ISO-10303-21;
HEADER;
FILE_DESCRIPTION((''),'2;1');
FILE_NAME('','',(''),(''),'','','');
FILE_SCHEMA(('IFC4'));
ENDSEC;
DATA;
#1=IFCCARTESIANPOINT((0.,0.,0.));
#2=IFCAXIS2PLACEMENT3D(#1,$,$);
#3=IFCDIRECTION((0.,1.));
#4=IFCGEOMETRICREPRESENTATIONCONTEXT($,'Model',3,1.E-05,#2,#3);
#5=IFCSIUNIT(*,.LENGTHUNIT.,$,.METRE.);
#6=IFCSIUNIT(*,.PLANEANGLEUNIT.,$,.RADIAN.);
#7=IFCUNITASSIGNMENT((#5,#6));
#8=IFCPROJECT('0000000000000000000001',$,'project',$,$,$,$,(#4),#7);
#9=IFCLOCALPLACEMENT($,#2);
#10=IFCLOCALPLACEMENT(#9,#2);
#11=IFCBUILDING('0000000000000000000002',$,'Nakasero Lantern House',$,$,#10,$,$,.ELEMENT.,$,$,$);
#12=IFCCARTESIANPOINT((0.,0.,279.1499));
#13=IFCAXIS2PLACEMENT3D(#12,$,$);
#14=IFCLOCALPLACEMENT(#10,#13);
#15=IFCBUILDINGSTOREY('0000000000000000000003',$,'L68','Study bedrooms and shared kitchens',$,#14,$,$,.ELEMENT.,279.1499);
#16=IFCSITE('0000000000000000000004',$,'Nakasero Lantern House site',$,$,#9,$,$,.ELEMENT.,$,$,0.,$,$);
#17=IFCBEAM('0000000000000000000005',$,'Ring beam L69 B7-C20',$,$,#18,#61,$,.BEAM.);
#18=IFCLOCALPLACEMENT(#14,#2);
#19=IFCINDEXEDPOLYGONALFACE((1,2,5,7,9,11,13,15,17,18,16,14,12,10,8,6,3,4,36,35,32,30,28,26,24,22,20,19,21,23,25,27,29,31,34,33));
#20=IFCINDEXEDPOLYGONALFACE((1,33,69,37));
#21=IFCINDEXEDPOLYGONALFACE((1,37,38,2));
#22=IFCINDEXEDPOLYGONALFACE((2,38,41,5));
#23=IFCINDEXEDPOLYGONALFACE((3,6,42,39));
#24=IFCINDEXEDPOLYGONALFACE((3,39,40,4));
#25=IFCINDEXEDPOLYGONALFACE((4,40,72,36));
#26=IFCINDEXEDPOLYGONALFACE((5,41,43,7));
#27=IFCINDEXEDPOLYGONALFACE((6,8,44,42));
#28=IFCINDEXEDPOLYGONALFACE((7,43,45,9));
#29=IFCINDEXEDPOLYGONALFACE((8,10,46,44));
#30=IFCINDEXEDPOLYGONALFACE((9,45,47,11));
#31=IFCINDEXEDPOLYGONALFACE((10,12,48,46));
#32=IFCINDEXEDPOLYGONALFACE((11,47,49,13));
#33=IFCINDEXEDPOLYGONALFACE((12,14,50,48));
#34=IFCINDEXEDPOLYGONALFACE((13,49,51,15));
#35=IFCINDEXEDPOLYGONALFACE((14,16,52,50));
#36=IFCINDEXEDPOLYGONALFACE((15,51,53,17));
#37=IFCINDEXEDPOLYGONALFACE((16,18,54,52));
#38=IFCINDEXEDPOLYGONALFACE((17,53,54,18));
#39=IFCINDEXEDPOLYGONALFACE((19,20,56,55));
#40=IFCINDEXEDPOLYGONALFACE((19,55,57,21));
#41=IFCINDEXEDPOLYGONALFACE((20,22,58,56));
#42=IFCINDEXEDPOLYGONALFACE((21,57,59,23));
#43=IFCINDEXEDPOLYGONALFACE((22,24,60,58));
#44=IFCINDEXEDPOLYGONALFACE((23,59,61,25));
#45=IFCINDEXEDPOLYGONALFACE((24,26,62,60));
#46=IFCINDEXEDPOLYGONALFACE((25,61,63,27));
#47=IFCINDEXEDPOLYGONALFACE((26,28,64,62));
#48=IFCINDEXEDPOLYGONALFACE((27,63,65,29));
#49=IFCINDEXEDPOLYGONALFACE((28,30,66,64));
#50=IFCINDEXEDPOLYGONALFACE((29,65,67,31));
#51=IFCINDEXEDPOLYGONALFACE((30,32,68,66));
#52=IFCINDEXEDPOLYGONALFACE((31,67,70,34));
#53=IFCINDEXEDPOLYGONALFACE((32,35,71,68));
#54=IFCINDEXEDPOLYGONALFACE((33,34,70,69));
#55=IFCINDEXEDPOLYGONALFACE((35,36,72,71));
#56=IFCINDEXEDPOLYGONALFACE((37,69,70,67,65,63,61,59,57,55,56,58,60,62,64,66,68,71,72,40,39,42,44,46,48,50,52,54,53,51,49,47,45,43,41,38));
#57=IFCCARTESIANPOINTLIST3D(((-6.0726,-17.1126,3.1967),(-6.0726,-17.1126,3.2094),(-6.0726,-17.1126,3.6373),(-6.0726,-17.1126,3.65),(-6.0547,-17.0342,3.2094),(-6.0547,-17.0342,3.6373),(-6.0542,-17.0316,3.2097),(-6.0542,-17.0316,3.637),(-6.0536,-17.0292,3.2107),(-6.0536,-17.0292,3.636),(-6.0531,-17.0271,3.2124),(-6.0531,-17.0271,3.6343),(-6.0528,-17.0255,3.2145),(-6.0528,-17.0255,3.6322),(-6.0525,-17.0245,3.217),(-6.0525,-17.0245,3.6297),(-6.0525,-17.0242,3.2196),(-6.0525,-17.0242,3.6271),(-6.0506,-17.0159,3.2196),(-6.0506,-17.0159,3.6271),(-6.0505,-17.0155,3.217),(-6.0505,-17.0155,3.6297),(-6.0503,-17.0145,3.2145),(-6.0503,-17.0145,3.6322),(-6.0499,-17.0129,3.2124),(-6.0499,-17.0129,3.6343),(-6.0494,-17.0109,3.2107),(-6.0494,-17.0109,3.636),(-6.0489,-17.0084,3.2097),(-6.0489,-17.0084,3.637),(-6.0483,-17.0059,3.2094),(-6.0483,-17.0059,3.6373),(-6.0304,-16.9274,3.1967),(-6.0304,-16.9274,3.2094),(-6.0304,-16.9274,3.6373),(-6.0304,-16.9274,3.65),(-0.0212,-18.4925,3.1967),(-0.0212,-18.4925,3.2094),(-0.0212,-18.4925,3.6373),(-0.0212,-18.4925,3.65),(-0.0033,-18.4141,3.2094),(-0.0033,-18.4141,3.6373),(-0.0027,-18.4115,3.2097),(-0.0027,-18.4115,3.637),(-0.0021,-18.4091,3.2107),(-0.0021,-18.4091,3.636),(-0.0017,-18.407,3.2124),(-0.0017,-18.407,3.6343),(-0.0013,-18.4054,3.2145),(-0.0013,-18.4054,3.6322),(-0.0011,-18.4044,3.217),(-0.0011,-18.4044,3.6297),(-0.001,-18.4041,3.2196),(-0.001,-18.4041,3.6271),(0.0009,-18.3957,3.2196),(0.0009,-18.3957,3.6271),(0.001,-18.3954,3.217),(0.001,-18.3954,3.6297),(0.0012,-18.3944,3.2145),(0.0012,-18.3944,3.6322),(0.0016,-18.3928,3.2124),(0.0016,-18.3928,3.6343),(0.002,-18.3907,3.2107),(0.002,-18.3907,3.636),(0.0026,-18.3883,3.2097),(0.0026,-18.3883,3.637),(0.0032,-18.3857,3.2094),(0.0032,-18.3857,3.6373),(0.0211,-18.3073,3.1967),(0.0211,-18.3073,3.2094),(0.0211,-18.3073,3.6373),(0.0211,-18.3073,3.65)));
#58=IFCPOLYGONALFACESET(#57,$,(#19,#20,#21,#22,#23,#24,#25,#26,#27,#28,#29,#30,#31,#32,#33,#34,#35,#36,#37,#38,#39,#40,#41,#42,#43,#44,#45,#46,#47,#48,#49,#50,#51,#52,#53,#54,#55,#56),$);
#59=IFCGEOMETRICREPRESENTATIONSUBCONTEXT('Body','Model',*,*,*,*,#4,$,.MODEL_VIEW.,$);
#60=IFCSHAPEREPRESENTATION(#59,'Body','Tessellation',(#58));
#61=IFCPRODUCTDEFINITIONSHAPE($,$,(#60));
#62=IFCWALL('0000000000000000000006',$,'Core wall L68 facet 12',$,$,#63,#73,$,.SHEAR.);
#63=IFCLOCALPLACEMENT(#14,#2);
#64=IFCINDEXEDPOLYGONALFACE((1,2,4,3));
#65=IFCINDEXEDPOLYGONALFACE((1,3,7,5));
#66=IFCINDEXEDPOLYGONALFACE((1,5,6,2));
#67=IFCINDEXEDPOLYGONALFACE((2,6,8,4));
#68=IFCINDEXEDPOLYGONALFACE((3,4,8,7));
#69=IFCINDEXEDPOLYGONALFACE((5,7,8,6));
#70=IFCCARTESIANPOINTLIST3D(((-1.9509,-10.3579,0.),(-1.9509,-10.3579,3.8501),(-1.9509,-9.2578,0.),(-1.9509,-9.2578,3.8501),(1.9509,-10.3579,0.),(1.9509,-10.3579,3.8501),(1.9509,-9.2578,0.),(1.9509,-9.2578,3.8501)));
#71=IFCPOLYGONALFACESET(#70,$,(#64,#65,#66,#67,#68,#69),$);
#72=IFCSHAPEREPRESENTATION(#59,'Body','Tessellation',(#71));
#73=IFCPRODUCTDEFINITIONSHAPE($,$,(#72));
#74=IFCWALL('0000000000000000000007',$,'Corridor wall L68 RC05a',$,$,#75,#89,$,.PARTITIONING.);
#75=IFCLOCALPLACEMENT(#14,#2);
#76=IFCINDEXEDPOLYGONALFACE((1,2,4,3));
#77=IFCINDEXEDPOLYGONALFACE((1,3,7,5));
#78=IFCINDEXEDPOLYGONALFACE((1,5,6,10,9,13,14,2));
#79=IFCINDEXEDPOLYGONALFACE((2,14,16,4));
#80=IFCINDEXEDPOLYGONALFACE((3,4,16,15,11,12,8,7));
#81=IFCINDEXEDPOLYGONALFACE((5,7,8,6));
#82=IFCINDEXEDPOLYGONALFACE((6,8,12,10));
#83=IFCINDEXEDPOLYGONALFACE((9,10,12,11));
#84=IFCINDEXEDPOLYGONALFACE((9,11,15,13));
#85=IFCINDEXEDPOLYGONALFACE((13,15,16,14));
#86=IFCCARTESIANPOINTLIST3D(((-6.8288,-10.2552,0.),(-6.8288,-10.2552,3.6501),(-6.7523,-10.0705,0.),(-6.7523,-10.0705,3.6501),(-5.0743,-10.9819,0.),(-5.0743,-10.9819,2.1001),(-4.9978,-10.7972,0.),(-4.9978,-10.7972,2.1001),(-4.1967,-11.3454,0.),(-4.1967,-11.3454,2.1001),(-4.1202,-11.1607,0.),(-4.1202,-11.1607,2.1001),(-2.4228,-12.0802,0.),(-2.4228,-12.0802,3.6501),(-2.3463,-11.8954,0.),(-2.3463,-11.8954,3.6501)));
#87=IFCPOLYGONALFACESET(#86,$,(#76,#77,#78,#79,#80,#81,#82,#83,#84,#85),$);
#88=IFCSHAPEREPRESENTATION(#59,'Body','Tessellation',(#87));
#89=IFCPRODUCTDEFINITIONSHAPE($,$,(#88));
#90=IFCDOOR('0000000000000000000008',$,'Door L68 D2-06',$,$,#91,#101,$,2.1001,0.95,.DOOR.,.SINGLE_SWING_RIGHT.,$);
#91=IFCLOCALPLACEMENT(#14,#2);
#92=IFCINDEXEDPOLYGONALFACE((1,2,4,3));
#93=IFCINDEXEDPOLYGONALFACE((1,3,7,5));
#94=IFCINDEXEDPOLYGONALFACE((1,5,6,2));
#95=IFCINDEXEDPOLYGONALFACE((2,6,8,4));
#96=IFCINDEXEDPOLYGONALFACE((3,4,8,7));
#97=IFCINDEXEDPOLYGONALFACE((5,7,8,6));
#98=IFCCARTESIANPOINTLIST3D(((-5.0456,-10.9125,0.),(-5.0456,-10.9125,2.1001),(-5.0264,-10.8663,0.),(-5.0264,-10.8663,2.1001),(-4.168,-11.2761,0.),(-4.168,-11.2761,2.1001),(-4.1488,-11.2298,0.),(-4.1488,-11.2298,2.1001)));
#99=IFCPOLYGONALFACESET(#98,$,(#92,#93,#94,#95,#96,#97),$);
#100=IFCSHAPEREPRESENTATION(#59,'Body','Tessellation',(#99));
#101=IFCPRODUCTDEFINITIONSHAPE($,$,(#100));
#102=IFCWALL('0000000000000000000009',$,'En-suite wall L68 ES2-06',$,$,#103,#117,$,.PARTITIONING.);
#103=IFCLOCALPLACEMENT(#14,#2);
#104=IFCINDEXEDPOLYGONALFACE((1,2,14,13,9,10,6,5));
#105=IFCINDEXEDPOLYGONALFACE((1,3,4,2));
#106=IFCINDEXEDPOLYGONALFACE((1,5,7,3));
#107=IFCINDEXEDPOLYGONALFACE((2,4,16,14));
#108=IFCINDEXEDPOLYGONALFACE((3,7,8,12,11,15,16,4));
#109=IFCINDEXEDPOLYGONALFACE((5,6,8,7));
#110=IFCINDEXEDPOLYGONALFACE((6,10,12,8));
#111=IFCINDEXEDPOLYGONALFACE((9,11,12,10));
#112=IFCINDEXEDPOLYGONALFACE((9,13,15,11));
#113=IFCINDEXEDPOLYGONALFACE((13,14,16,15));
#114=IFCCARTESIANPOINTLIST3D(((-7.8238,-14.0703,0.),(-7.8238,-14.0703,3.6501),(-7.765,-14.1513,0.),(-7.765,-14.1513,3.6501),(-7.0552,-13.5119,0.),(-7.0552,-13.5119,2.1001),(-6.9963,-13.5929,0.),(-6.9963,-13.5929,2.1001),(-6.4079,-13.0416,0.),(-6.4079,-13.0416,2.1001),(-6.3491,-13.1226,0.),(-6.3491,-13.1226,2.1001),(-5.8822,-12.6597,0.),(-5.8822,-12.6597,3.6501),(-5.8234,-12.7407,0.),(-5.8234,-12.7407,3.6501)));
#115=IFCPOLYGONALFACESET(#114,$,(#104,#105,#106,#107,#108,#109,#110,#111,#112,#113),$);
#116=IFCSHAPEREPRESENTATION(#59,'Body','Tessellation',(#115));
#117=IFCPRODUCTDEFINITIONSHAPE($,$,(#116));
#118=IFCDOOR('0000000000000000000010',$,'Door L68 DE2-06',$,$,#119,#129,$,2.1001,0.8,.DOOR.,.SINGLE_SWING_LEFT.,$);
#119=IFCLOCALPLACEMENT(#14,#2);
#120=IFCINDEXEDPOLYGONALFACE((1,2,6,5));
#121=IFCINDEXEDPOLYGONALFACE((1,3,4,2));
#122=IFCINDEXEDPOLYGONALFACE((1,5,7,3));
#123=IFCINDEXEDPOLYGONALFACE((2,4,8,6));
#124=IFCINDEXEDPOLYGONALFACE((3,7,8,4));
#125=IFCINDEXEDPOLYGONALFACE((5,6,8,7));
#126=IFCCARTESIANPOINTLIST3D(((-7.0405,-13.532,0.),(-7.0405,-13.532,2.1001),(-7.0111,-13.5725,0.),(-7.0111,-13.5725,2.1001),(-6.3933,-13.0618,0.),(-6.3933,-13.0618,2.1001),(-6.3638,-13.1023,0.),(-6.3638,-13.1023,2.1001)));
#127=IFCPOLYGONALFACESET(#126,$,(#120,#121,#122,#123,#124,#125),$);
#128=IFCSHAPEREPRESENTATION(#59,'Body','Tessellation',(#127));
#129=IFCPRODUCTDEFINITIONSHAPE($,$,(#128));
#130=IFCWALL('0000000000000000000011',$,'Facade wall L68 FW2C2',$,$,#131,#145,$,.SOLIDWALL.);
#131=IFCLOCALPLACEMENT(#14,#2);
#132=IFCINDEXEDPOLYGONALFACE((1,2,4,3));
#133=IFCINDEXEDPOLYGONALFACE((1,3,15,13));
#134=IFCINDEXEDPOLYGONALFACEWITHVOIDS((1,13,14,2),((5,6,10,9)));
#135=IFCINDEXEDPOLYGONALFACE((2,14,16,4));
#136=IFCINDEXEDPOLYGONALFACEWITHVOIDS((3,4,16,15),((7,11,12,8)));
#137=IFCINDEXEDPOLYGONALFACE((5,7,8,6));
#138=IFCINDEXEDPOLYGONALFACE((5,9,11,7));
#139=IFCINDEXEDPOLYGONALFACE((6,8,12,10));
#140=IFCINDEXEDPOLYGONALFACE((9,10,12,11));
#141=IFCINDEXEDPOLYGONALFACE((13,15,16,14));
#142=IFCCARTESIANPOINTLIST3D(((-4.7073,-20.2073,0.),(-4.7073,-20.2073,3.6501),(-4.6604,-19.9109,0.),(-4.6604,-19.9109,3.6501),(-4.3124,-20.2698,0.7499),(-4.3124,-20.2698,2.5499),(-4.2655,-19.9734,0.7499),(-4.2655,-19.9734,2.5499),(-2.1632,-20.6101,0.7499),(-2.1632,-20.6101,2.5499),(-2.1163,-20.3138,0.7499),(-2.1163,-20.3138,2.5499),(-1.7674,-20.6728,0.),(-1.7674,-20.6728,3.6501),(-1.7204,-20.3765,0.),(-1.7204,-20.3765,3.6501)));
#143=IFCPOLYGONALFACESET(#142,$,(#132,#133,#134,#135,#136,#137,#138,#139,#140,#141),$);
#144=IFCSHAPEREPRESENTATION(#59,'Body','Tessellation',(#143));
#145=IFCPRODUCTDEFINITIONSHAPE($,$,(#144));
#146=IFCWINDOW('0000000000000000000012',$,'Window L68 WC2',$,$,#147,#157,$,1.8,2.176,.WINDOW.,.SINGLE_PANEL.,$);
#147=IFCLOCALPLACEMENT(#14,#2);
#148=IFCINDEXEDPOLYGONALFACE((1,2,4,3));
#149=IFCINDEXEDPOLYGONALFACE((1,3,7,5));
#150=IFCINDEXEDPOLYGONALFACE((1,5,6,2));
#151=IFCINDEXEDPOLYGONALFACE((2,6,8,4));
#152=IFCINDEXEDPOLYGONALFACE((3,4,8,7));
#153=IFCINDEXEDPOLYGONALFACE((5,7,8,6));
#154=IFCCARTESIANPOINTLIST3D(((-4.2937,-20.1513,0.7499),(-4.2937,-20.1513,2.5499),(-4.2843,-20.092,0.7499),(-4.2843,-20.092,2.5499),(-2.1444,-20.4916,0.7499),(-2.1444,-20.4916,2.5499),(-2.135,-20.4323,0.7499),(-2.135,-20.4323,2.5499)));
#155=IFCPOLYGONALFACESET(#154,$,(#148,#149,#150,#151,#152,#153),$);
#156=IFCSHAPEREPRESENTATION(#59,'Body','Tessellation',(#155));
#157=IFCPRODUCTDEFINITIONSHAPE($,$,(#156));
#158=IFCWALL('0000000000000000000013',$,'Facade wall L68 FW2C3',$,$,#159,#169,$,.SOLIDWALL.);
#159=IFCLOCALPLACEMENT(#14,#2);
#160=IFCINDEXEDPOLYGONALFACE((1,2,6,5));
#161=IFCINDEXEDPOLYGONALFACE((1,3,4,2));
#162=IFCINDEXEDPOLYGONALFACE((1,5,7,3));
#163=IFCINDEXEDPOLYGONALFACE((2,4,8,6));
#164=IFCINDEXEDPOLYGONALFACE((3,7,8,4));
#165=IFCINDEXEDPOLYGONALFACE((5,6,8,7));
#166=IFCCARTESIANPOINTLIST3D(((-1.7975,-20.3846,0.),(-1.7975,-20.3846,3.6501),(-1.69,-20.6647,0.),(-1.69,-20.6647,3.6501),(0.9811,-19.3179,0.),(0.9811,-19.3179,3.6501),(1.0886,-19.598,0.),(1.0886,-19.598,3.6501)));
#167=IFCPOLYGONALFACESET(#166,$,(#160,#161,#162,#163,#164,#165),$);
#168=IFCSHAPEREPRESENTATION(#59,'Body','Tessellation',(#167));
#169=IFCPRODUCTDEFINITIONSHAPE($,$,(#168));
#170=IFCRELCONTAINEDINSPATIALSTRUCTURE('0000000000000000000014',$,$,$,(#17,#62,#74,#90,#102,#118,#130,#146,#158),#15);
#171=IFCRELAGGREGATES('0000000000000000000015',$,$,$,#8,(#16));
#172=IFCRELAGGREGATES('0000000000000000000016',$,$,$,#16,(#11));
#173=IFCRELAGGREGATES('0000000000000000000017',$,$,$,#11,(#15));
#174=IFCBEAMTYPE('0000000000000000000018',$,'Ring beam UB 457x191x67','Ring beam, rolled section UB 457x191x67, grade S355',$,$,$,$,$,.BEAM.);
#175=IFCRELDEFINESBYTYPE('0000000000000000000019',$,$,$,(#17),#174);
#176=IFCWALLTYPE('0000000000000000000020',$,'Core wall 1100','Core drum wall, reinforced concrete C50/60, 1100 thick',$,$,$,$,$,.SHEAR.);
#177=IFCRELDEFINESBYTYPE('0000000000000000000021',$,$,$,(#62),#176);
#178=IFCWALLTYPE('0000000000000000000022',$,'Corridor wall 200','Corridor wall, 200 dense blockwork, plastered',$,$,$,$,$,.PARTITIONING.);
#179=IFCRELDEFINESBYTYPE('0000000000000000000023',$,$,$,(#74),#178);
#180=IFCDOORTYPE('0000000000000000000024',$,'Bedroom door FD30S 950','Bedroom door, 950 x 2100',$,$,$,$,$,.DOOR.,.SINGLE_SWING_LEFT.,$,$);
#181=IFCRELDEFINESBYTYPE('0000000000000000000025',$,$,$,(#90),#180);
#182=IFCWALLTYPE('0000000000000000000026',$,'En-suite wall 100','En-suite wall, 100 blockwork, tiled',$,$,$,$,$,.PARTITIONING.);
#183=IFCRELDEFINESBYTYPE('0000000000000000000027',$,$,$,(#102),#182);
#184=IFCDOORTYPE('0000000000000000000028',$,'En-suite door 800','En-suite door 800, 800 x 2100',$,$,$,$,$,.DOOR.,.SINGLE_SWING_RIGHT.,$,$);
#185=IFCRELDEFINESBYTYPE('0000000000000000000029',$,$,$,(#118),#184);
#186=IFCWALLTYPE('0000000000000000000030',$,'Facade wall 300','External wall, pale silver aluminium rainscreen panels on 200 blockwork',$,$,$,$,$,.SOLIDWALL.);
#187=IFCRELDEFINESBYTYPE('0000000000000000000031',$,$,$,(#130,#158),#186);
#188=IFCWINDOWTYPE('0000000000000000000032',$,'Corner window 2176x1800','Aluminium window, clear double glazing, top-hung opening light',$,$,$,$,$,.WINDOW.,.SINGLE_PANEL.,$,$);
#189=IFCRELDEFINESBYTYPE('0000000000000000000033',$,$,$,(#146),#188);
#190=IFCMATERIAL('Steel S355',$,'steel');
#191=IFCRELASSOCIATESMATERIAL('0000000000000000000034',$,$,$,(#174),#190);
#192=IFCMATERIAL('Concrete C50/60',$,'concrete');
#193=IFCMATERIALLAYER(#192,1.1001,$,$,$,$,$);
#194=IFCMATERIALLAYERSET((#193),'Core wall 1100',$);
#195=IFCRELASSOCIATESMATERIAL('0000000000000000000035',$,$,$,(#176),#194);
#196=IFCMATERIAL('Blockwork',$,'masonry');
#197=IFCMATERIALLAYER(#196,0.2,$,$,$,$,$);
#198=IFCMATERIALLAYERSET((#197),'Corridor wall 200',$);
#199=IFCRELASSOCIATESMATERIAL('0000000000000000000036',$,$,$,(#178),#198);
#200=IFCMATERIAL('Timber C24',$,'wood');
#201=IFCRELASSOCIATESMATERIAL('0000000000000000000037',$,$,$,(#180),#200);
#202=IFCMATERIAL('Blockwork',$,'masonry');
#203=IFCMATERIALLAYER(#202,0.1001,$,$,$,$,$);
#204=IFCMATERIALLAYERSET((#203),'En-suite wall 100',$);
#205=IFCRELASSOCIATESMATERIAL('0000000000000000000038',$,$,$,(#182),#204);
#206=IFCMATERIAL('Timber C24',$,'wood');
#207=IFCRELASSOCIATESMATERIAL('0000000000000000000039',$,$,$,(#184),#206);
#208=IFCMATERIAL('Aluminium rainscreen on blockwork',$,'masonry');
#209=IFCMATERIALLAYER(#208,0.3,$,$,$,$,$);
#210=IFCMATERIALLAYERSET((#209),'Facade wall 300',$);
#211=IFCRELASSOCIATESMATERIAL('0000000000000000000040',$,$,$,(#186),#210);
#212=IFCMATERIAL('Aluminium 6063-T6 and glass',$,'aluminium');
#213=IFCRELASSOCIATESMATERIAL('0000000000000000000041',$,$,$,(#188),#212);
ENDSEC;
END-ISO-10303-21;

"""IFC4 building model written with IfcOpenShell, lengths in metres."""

from ifc_helpers import new_model, si_unit, direction, frame, frame_2d, origin, origin_2d, place, context, subcontext, project, spatial, rectangle, i_section, extrude, material, layer, layer_set, material_profile, profile_set, type_object, element, fill, save


model = new_model("IFC4")

# Units and contexts
model_context = context("Model", 3, precision=1e-05, world=origin(), true_north=direction((0.0, 1.0)))
body_context = subcontext(model_context, "Body", "Model", "MODEL_VIEW")
ifc_project = project(units=[si_unit("LENGTHUNIT", "METRE"), si_unit("PLANEANGLEUNIT", "RADIAN")], contexts=[model_context])

# Site, building, storey
site_placement = place(None, origin())
site = spatial("IfcSite", under=ifc_project, at=site_placement, Name="Nakasero Lantern House site", CompositionType="ELEMENT", RefElevation=0.0)
building_placement = place(site_placement, origin())
building = spatial("IfcBuilding", under=site, at=building_placement, Name="Nakasero Lantern House", CompositionType="ELEMENT")
storey_placement = place(building_placement, frame((0.0, 0.0, 279.1499)))
storey = spatial("IfcBuildingStorey", under=building, at=storey_placement, Name="L68", Description="Study bedrooms and shared kitchens", CompositionType="ELEMENT", Elevation=279.1499)

# Beam
ifc_material_1 = material(Name="Steel S355", Category="steel")
ifc_material_profile_1 = material_profile(ifc_material_1, i_section(OverallWidth=0.1899, OverallDepth=0.4534, WebThickness=0.0085, FlangeThickness=0.0127, FilletRadius=0.0103, at=origin_2d()), Name="UB 457x191x67")
ifc_profile_set_1 = profile_set([ifc_material_profile_1], Name="Steel S355")
beam_type_1 = type_object("IfcBeamType", Name="Ring beam UB 457x191x67", Description="Ring beam, rolled section UB 457x191x67, grade S355", PredefinedType="BEAM", material=ifc_profile_set_1)
beam_1_placement = place(storey_placement, frame((-6.0515, -17.02, 3.4233), z_axis=(0.974975, -0.222316, 0.0), x_axis=(0.222316, 0.974975, 0.0)))
element("IfcBeam", 1, at=beam_1_placement, inside=storey, type_object=beam_type_1, Name="Ring beam L69 B7-C20", PredefinedType="BEAM", context=body_context, shape_type="SweptSolid", body=[
    extrude(i_section(OverallWidth=0.1899, OverallDepth=0.4534, WebThickness=0.0085, FlangeThickness=0.0127, FilletRadius=0.0103, at=origin_2d()), origin(), (0.0, 0.0, 1.0), 6.2068),
])

# Wall
ifc_material_2 = material(Name="Concrete C50/60", Category="concrete")
ifc_layer_1 = layer(ifc_material_2, 1.1001)
ifc_layer_set_1 = layer_set([ifc_layer_1], Name="Core wall 1100")
wall_type_1 = type_object("IfcWallType", Name="Core wall 1100", Description="Core drum wall, reinforced concrete C50/60, 1100 thick", PredefinedType="SHEAR", material=ifc_layer_set_1)
wall_1_placement = place(storey_placement, frame((-1.9509, -9.8079, 0.0), z_axis=(0.0, 0.0, 1.0), x_axis=(1.0, 0.0, 0.0)))
element("IfcWall", 2, at=wall_1_placement, inside=storey, type_object=wall_type_1, Name="Core wall L68 facet 12", PredefinedType="SHEAR", context=body_context, shape_type="SweptSolid", body=[
    extrude(rectangle(XDim=3.9019, YDim=1.1001, at=frame_2d((1.9509, 0.0))), origin(), (0.0, 0.0, 1.0), 3.8501),
])

# Walls, openings, doors
ifc_material_3 = material(Name="Blockwork", Category="masonry")
ifc_layer_2 = layer(ifc_material_3, 0.2)
ifc_layer_set_2 = layer_set([ifc_layer_2], Name="Corridor wall 200")
wall_type_2 = type_object("IfcWallType", Name="Corridor wall 200", Description="Corridor wall, 200 dense blockwork, plastered", PredefinedType="PARTITIONING", material=ifc_layer_set_2)
wall_2_placement = place(storey_placement, frame((-2.3845, -11.9878, 0.0), z_axis=(0.0, 0.0, 1.0), x_axis=(-0.923885, 0.38267, 0.0)))
wall_2 = element("IfcWall", 3, at=wall_2_placement, inside=storey, type_object=wall_type_2, Name="Corridor wall L68 RC05a", PredefinedType="PARTITIONING", context=body_context, shape_type="SweptSolid", body=[
    extrude(rectangle(XDim=4.769, YDim=0.2, at=frame_2d((2.3845, 0.0))), origin(), (0.0, 0.0, 1.0), 3.6501),
])
opening_1_placement = place(wall_2_placement, frame((1.9199, 0.0, 0.0)))
opening_1 = element("IfcOpeningElement", 4, at=opening_1_placement, cuts=wall_2, PredefinedType="OPENING", context=body_context, shape_type="SweptSolid", body=[
    extrude(rectangle(XDim=0.95, YDim=2.1001, at=frame_2d((0.4751, 1.05))), frame((0.0, 0.1199, 0.0), z_axis=(0.0, -1.0, 0.0), x_axis=(1.0, 0.0, 0.0)), (0.0, 0.0, 1.0), 0.24),
])
ifc_material_4 = material(Name="Timber C24", Category="wood")
door_type_1 = type_object("IfcDoorType", Name="Bedroom door FD30S 950", Description="Bedroom door, 950 x 2100", OperationType="SINGLE_SWING_LEFT", PredefinedType="DOOR", material=ifc_material_4)
door_1_placement = place(opening_1_placement, origin())
door_1 = element("IfcDoor", 5, at=door_1_placement, inside=storey, type_object=door_type_1, Name="Door L68 D2-06", OperationType="SINGLE_SWING_RIGHT", OverallHeight=2.1001, OverallWidth=0.95, PredefinedType="DOOR", context=body_context, shape_type="SweptSolid", body=[
    extrude(rectangle(XDim=0.95, YDim=2.1001, at=frame_2d((0.4751, 1.05))), frame((0.0, 0.0249, 0.0), z_axis=(0.0, -1.0, 0.0), x_axis=(1.0, 0.0, 0.0)), (0.0, 0.0, 1.0), 0.05),
])
fill(opening_1, door_1)
ifc_material_5 = material(Name="Blockwork", Category="masonry")
ifc_layer_3 = layer(ifc_material_5, 0.1001)
ifc_layer_set_3 = layer_set([ifc_layer_3], Name="En-suite wall 100")
wall_type_3 = type_object("IfcWallType", Name="En-suite wall 100", Description="En-suite wall, 100 blockwork, tiled", PredefinedType="PARTITIONING", material=ifc_layer_set_3)
wall_3_placement = place(storey_placement, frame((-5.8528, -12.7002, 0.0), z_axis=(0.0, 0.0, 1.0), x_axis=(-0.809026, -0.587772, 0.0)))
wall_3 = element("IfcWall", 6, at=wall_3_placement, inside=storey, type_object=wall_type_3, Name="En-suite wall L68 ES2-06", PredefinedType="PARTITIONING", context=body_context, shape_type="SweptSolid", body=[
    extrude(rectangle(XDim=2.3999, YDim=0.1001, at=frame_2d((1.2, 0.0))), origin(), (0.0, 0.0, 1.0), 3.6501),
])
opening_2_placement = place(wall_3_placement, frame((0.6499, 0.0, 0.0)))
opening_2 = element("IfcOpeningElement", 7, at=opening_2_placement, cuts=wall_3, PredefinedType="OPENING", context=body_context, shape_type="SweptSolid", body=[
    extrude(rectangle(XDim=0.8, YDim=2.1001, at=frame_2d((0.3999, 1.05))), frame((0.0, 0.0701, 0.0), z_axis=(0.0, -1.0, 0.0), x_axis=(1.0, 0.0, 0.0)), (0.0, 0.0, 1.0), 0.1401),
])
ifc_material_6 = material(Name="Timber C24", Category="wood")
door_type_2 = type_object("IfcDoorType", Name="En-suite door 800", Description="En-suite door 800, 800 x 2100", OperationType="SINGLE_SWING_RIGHT", PredefinedType="DOOR", material=ifc_material_6)
door_2_placement = place(opening_2_placement, origin())
door_2 = element("IfcDoor", 8, at=door_2_placement, inside=storey, type_object=door_type_2, Name="Door L68 DE2-06", OperationType="SINGLE_SWING_LEFT", OverallHeight=2.1001, OverallWidth=0.8, PredefinedType="DOOR", context=body_context, shape_type="SweptSolid", body=[
    extrude(rectangle(XDim=0.8, YDim=2.1001, at=frame_2d((0.3999, 1.05))), frame((0.0, 0.0249, 0.0), z_axis=(0.0, -1.0, 0.0), x_axis=(1.0, 0.0, 0.0)), (0.0, 0.0, 1.0), 0.05),
])
fill(opening_2, door_2)

# Wall, opening, window
ifc_material_7 = material(Name="Aluminium rainscreen on blockwork", Category="masonry")
ifc_layer_4 = layer(ifc_material_7, 0.3)
ifc_layer_set_4 = layer_set([ifc_layer_4], Name="Facade wall 300")
wall_type_4 = type_object("IfcWallType", Name="Facade wall 300", Description="External wall, pale silver aluminium rainscreen panels on 200 blockwork", PredefinedType="SOLIDWALL", material=ifc_layer_set_4)
wall_4_placement = place(storey_placement, frame((-4.6838, -20.0591, 0.0), z_axis=(0.0, 0.0, 1.0), x_axis=(0.987692, -0.156413, 0.0)))
wall_4 = element("IfcWall", 9, at=wall_4_placement, inside=storey, type_object=wall_type_4, Name="Facade wall L68 FW2C2", PredefinedType="SOLIDWALL", context=body_context, shape_type="SweptSolid", body=[
    extrude(rectangle(XDim=2.9766, YDim=0.3, at=frame_2d((1.4883, 0.0))), origin(), (0.0, 0.0, 1.0), 3.6501),
])
opening_3_placement = place(wall_4_placement, frame((0.3999, 0.0, 0.75)))
opening_3 = element("IfcOpeningElement", 10, at=opening_3_placement, cuts=wall_4, PredefinedType="OPENING", context=body_context, shape_type="SweptSolid", body=[
    extrude(rectangle(XDim=2.176, YDim=1.8, at=frame_2d((1.0879, 0.8999))), frame((0.0, 0.1699, 0.0), z_axis=(0.0, -1.0, 0.0), x_axis=(1.0, 0.0, 0.0)), (0.0, 0.0, 1.0), 0.3401),
])
ifc_material_8 = material(Name="Aluminium 6063-T6 and glass", Category="aluminium")
window_type = type_object("IfcWindowType", Name="Corner window 2176x1800", Description="Aluminium window, clear double glazing, top-hung opening light", PartitioningType="SINGLE_PANEL", PredefinedType="WINDOW", material=ifc_material_8)
window_placement = place(opening_3_placement, origin())
window = element("IfcWindow", 11, at=window_placement, inside=storey, type_object=window_type, Name="Window L68 WC2", OverallHeight=1.8, OverallWidth=2.176, PartitioningType="SINGLE_PANEL", PredefinedType="WINDOW", context=body_context, shape_type="SweptSolid", body=[
    extrude(rectangle(XDim=2.176, YDim=1.8, at=frame_2d((1.0879, 0.8999))), frame((0.0, 0.03, 0.0), z_axis=(0.0, -1.0, 0.0), x_axis=(1.0, 0.0, 0.0)), (0.0, 0.0, 1.0), 0.0601),
])
fill(opening_3, window)

# Wall
wall_5_placement = place(storey_placement, frame((-1.7439, -20.5247, 0.0), z_axis=(0.0, 0.0, 1.0), x_axis=(0.933574, 0.358385, 0.0)))
element("IfcWall", 12, at=wall_5_placement, inside=storey, type_object=wall_type_4, Name="Facade wall L68 FW2C3", PredefinedType="SOLIDWALL", context=body_context, shape_type="SweptSolid", body=[
    extrude(rectangle(XDim=2.9763, YDim=0.3, at=frame_2d((1.4883, 0.0))), origin(), (0.0, 0.0, 1.0), 3.6501),
])

save(model, "model.ifc")
